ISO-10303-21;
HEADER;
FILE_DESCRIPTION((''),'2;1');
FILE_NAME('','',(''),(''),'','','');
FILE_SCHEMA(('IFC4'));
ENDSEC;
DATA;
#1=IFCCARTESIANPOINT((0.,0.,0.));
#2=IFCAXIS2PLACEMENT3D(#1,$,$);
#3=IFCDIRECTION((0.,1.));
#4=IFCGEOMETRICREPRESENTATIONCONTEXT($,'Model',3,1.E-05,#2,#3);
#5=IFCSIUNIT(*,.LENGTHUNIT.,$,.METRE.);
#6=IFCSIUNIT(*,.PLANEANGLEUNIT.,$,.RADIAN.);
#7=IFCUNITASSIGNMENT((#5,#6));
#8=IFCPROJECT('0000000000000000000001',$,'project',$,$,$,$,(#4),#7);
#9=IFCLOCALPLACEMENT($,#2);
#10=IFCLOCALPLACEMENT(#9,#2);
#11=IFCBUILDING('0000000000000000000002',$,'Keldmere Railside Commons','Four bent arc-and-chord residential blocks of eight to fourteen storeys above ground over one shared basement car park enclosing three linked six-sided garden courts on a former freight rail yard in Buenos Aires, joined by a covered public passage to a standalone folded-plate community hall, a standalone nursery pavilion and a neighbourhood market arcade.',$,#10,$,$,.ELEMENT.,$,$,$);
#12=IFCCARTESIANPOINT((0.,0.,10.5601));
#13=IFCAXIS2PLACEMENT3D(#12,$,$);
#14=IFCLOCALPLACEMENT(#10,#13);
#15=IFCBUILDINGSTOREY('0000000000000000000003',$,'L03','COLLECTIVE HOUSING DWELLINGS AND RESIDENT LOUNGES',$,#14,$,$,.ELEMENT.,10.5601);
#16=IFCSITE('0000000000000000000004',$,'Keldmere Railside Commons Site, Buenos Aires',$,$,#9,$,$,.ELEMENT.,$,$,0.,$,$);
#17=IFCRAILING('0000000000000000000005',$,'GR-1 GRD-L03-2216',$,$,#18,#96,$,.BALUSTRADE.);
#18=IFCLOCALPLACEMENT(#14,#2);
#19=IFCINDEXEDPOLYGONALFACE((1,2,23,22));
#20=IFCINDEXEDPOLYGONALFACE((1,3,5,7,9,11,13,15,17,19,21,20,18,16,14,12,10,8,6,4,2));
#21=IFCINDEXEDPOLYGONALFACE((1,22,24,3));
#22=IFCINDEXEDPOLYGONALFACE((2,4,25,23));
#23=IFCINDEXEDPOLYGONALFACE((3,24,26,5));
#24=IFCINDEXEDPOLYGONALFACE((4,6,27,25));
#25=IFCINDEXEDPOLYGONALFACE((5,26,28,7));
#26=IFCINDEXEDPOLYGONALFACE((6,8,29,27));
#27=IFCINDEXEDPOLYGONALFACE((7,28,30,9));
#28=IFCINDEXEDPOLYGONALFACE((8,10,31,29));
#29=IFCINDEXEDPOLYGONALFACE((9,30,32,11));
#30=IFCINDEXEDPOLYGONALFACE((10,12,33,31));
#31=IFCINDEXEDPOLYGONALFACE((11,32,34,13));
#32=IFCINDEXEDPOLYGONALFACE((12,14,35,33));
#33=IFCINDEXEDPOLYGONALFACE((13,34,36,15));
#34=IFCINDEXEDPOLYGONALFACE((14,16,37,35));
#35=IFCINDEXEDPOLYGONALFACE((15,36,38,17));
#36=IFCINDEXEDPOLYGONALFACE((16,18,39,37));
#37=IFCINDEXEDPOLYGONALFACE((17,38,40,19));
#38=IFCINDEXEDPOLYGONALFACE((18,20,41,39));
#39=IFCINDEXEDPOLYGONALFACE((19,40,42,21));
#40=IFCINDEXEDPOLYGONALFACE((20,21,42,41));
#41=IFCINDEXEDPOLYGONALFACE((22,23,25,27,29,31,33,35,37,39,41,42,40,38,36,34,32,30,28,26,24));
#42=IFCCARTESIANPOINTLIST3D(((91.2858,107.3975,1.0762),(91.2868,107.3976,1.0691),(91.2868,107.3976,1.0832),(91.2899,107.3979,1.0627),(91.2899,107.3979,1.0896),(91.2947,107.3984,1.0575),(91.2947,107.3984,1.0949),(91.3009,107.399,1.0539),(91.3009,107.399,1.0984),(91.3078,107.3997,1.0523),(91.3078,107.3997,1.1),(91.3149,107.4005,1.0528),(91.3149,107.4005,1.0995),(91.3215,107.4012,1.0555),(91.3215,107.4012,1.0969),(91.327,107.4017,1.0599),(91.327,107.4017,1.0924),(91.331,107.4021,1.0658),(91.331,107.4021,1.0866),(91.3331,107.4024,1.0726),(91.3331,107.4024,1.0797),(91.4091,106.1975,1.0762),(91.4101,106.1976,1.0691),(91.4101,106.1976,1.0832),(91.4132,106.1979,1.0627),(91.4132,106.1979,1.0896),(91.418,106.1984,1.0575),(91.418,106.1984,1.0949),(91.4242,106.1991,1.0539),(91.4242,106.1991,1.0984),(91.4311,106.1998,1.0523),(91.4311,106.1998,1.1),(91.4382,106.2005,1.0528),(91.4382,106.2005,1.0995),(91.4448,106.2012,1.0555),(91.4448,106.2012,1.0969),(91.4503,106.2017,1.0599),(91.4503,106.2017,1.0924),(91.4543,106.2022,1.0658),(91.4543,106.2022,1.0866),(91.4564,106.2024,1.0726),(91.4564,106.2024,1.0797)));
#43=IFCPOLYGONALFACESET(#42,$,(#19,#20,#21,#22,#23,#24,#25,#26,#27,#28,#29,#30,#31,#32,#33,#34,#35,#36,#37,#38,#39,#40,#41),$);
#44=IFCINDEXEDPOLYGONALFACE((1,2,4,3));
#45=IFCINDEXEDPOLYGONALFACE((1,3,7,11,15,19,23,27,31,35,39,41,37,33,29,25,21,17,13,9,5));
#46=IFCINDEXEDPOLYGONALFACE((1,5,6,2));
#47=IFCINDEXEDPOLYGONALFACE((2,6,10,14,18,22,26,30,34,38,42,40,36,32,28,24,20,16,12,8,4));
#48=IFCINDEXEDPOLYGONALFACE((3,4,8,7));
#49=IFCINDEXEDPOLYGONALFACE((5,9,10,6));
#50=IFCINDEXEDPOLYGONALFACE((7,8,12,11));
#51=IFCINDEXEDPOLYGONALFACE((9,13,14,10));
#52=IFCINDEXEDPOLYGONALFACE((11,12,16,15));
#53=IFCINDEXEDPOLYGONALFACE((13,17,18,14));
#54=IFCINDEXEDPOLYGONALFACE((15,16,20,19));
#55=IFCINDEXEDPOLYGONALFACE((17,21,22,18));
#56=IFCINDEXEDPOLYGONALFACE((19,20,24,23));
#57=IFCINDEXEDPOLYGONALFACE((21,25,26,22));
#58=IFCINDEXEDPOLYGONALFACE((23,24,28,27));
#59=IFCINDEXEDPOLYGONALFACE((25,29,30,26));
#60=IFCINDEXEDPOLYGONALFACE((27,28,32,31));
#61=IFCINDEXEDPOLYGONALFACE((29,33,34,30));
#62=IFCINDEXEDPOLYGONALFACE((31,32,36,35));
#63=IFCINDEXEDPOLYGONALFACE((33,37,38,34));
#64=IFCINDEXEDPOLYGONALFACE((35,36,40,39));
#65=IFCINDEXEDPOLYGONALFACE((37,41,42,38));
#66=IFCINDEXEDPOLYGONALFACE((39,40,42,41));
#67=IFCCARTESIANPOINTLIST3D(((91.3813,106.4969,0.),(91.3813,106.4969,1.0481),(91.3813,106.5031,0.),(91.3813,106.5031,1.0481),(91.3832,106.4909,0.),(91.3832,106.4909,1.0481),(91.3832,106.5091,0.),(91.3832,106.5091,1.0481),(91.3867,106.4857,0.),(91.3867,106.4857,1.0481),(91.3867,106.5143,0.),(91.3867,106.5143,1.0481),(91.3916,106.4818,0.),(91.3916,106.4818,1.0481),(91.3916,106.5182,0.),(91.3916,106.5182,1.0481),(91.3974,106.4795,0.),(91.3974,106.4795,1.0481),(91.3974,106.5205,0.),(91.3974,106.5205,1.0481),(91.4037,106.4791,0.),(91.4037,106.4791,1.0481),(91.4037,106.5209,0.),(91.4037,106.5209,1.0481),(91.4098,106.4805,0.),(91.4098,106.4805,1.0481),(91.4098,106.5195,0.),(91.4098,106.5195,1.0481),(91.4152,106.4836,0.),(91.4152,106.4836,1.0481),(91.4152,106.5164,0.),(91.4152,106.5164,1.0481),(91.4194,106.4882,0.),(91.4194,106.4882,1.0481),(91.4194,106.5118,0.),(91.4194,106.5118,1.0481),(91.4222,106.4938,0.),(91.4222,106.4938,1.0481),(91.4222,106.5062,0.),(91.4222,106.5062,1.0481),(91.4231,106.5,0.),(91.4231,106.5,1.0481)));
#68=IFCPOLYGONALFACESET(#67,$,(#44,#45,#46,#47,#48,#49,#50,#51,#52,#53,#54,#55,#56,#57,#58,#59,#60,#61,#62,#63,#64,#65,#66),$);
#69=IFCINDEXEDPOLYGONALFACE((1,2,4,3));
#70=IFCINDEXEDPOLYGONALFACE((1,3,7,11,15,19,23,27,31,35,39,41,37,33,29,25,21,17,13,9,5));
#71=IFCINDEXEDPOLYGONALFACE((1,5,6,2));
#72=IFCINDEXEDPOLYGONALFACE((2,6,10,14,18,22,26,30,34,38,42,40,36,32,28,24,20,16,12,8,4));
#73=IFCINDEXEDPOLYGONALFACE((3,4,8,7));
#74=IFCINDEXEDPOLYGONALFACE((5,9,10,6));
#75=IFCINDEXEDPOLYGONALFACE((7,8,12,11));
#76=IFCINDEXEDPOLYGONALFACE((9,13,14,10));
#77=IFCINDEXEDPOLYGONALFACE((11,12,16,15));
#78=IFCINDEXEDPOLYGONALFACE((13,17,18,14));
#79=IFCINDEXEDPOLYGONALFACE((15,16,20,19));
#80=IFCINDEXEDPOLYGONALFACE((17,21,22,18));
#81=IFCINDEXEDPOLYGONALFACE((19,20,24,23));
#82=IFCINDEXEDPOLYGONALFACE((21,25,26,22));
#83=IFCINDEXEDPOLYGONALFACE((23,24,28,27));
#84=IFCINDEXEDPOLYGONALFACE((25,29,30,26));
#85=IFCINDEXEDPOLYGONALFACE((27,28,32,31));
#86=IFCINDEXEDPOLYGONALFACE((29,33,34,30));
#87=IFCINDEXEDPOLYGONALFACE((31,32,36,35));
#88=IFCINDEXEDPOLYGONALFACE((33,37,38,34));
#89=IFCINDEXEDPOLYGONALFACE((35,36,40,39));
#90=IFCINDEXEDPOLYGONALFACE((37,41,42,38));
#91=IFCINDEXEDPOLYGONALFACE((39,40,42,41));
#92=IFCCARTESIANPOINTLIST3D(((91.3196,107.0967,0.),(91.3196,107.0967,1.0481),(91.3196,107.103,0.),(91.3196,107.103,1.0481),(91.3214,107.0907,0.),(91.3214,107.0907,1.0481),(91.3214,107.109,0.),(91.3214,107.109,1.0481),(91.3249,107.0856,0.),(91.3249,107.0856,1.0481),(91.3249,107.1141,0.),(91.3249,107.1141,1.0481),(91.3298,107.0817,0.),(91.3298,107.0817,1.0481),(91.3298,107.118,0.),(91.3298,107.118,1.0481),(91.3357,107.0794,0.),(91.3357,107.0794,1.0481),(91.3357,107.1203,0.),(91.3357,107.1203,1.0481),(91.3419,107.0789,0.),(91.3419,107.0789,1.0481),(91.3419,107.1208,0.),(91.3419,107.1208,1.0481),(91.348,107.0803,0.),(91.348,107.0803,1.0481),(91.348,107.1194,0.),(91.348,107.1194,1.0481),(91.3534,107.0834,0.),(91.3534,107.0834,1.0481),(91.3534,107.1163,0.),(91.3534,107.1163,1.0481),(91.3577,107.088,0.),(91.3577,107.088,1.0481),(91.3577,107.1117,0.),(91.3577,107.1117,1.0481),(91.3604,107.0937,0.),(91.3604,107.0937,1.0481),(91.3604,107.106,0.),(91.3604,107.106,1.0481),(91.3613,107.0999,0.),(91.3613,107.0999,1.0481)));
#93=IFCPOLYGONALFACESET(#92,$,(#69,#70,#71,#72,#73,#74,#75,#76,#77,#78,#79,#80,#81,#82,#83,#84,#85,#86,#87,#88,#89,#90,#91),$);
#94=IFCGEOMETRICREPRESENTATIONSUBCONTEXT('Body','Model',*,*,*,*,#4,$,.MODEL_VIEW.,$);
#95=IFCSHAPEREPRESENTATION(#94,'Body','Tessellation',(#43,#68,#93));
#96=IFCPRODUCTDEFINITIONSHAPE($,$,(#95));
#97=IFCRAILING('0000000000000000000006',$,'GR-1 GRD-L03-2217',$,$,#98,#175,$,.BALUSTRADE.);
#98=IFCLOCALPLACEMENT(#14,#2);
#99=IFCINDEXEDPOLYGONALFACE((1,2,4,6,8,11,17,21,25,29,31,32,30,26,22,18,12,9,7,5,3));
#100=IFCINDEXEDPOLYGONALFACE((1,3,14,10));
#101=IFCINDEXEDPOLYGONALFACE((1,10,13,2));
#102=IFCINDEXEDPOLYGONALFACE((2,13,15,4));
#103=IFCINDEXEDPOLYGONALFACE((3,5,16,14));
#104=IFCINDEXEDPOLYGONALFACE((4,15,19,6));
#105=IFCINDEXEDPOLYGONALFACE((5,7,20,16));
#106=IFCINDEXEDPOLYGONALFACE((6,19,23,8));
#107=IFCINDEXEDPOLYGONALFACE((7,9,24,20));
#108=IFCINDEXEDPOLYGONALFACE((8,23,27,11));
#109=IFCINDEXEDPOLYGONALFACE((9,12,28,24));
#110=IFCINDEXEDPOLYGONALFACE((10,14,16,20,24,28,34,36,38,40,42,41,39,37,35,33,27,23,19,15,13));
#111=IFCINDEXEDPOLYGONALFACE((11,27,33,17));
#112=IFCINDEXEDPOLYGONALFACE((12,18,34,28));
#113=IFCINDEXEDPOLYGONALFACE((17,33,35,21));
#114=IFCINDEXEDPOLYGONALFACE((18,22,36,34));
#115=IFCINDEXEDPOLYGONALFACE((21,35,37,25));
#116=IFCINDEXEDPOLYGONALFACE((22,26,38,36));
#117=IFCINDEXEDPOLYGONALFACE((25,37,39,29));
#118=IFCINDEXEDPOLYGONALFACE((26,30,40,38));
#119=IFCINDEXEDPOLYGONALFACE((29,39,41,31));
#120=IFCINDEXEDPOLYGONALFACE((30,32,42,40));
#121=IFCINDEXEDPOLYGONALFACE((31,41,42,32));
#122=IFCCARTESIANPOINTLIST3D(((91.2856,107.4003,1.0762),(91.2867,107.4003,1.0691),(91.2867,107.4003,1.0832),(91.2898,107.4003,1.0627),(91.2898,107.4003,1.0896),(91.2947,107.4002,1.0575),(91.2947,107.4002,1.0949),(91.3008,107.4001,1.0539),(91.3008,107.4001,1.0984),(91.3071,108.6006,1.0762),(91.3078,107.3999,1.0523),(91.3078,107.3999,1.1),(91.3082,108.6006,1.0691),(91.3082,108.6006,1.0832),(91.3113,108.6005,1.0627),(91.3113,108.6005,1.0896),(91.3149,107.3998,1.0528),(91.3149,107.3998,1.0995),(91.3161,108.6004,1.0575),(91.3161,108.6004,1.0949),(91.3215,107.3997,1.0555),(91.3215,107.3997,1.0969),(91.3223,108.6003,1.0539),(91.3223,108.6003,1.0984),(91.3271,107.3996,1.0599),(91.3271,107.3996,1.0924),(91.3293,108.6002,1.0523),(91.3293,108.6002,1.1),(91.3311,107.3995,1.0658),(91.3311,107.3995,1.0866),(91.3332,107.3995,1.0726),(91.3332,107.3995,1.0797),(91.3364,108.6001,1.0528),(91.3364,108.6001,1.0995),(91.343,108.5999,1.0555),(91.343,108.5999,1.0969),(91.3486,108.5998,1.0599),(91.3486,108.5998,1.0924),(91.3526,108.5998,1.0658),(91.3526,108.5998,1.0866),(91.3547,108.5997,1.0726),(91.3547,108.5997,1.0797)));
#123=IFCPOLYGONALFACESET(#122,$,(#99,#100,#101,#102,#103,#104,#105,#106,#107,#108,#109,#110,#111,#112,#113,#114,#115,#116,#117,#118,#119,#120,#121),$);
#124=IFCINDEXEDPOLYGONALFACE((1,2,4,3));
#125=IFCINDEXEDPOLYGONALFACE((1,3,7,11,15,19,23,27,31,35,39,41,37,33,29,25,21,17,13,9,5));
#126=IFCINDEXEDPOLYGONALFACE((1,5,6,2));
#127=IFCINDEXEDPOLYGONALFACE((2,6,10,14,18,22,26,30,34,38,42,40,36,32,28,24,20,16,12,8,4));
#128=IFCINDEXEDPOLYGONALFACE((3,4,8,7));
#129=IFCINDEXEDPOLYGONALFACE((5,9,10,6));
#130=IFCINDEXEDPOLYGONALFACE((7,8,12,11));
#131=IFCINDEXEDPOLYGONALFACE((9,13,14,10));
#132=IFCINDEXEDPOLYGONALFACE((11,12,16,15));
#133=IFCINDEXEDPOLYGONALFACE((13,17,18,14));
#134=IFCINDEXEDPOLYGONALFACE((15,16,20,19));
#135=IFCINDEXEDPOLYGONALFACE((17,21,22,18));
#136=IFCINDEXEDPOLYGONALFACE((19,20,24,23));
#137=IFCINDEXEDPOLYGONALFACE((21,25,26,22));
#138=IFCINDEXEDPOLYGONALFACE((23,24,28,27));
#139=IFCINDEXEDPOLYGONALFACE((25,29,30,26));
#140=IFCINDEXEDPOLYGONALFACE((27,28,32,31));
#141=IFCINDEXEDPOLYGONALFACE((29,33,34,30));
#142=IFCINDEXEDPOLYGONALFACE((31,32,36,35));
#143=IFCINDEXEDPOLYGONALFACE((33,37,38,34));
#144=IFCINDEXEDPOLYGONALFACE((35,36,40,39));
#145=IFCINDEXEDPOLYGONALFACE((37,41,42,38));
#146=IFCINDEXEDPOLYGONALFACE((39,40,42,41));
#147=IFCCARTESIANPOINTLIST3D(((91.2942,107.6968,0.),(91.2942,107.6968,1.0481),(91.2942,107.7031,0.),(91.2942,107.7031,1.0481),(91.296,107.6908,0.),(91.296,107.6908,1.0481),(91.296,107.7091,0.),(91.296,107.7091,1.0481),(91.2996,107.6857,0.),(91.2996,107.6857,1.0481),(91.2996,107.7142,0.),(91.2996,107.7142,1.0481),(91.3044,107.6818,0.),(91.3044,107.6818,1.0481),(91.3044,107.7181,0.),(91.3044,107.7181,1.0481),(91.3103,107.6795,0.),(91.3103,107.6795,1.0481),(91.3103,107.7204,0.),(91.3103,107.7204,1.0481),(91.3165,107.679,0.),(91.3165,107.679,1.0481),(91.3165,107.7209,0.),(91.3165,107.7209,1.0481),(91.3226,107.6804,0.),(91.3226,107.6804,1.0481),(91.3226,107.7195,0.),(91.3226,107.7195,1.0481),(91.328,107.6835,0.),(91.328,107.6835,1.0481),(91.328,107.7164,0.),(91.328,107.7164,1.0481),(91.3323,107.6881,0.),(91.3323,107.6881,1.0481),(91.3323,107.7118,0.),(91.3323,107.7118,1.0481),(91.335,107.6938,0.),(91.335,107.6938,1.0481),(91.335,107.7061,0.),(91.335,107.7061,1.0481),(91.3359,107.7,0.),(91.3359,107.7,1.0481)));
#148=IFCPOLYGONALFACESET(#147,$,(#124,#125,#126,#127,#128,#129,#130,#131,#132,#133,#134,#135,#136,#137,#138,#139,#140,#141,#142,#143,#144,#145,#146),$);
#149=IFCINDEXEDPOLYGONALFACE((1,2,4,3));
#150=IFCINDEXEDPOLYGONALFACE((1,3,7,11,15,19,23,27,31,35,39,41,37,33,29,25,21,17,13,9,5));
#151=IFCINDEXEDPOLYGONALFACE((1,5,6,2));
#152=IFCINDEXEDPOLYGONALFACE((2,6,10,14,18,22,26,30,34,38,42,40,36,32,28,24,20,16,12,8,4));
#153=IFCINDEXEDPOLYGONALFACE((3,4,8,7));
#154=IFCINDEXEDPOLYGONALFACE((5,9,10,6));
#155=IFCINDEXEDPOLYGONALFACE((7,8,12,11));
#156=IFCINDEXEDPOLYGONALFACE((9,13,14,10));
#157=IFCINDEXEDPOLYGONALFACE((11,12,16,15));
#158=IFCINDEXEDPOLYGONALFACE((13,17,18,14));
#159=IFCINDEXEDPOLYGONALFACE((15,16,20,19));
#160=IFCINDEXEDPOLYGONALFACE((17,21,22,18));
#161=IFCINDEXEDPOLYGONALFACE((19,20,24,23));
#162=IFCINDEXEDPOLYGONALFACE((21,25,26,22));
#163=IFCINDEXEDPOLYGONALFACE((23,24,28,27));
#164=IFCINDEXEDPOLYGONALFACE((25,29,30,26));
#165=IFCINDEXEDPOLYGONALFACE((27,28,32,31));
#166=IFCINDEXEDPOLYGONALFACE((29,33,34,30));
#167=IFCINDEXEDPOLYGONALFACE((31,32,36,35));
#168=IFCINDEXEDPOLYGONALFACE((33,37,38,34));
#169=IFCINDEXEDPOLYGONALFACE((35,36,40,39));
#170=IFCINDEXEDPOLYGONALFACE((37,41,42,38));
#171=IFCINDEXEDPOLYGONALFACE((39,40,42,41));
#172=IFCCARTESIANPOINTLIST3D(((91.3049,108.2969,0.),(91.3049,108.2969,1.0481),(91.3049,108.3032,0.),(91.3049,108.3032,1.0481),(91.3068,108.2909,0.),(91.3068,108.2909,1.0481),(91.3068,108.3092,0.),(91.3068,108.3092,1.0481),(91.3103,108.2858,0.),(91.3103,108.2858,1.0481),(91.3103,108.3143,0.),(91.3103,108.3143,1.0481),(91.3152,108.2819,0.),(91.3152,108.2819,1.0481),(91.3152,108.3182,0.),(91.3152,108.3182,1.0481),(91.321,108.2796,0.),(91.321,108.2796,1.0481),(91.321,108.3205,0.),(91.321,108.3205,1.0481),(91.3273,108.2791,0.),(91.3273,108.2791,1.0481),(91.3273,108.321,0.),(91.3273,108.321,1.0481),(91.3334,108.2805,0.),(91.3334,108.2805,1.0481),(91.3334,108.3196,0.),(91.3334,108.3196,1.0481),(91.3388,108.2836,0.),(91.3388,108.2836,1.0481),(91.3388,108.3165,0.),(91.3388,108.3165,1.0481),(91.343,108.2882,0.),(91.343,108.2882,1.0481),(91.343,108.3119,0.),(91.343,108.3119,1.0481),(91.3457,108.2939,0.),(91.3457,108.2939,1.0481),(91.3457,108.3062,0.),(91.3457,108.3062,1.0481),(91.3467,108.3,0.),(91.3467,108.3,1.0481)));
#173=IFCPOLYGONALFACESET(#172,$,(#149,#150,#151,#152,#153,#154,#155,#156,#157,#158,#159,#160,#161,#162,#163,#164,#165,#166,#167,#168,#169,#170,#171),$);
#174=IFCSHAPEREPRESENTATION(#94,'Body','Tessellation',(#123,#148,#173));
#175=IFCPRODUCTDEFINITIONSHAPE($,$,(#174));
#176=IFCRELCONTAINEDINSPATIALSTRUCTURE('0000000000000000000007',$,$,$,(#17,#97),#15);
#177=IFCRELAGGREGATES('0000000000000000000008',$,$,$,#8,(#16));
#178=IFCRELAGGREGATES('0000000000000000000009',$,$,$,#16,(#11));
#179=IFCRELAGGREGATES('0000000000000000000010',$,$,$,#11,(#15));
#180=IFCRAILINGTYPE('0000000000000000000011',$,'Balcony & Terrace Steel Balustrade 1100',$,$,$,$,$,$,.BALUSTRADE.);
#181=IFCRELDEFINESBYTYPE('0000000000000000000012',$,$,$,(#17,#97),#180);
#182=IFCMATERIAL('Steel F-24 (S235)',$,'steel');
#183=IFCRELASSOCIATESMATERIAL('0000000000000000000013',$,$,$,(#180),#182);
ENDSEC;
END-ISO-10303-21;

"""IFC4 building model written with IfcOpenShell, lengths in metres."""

from ifc_helpers import new_model, si_unit, direction, frame, origin, origin_2d, place, context, subcontext, project, spatial, circle, extrude, material, type_object, element, save


model = new_model("IFC4")

# Units and contexts
model_context = context("Model", 3, precision=1e-05, world=origin(), true_north=direction((0.0, 1.0)))
body_context = subcontext(model_context, "Body", "Model", "MODEL_VIEW")
ifc_project = project(units=[si_unit("LENGTHUNIT", "METRE"), si_unit("PLANEANGLEUNIT", "RADIAN")], contexts=[model_context])

# Site, building, storey
site_placement = place(None, origin())
site = spatial("IfcSite", under=ifc_project, at=site_placement, Name="Keldmere Railside Commons Site, Buenos Aires", CompositionType="ELEMENT", RefElevation=0.0)
building_placement = place(site_placement, origin())
building = spatial("IfcBuilding", under=site, at=building_placement, Name="Keldmere Railside Commons", Description="Four bent arc-and-chord residential blocks of eight to fourteen storeys above ground over one shared basement car park enclosing three linked six-sided garden courts on a former freight rail yard in Buenos Aires, joined by a covered public passage to a standalone folded-plate community hall, a standalone nursery pavilion and a neighbourhood market arcade.", CompositionType="ELEMENT")
storey_placement = place(building_placement, frame((0.0, 0.0, 10.5601)))
storey = spatial("IfcBuildingStorey", under=building, at=storey_placement, Name="L03", Description="COLLECTIVE HOUSING DWELLINGS AND RESIDENT LOUNGES", CompositionType="ELEMENT", Elevation=10.5601)

# Shared definitions
ifc_material_1 = material(Name="Steel F-24 (S235)", Category="steel")

# Railings
railing_type_1 = type_object("IfcRailingType", Name="Balcony & Terrace Steel Balustrade 1100", PredefinedType="BALUSTRADE", material=ifc_material_1)
railing_1_placement = place(storey_placement, frame((91.4329, 106.2, 0.0)))
element("IfcRailing", 1, at=railing_1_placement, inside=storey, type_object=railing_type_1, Name="GR-1 GRD-L03-2216", PredefinedType="BALUSTRADE", context=body_context, shape_type="SweptSolid", body=[
    extrude(circle(Radius=0.0239, at=origin_2d()), frame((0.0, 0.0, 1.0762), z_axis=(-0.102209, 0.994763, 0.0), x_axis=(-0.994763, -0.102209, 0.0)), (0.0, 0.0, 1.0), 1.2063),
    extrude(circle(Radius=0.021, at=origin_2d()), frame((-0.0308, 0.3, 0.0)), (0.0, 0.0, 1.0), 1.0481),
    extrude(circle(Radius=0.021, at=origin_2d()), frame((-0.0925, 0.8999, 0.0)), (0.0, 0.0, 1.0), 1.0481),
])
railing_2_placement = place(storey_placement, frame((91.3096, 107.3999, 0.0)))
element("IfcRailing", 2, at=railing_2_placement, inside=storey, type_object=railing_type_1, Name="GR-1 GRD-L03-2217", PredefinedType="BALUSTRADE", context=body_context, shape_type="SweptSolid", body=[
    extrude(circle(Radius=0.0239, at=origin_2d()), frame((0.0, 0.0, 1.0762), z_axis=(0.017898, 0.99984, 0.0), x_axis=(-0.99984, 0.017898, 0.0)), (0.0, 0.0, 1.0), 1.2004),
    extrude(circle(Radius=0.021, at=origin_2d()), frame((0.0054, 0.3, 0.0)), (0.0, 0.0, 1.0), 1.0481),
    extrude(circle(Radius=0.021, at=origin_2d()), frame((0.0161, 0.9001, 0.0)), (0.0, 0.0, 1.0), 1.0481),
])

save(model, "model.ifc")
